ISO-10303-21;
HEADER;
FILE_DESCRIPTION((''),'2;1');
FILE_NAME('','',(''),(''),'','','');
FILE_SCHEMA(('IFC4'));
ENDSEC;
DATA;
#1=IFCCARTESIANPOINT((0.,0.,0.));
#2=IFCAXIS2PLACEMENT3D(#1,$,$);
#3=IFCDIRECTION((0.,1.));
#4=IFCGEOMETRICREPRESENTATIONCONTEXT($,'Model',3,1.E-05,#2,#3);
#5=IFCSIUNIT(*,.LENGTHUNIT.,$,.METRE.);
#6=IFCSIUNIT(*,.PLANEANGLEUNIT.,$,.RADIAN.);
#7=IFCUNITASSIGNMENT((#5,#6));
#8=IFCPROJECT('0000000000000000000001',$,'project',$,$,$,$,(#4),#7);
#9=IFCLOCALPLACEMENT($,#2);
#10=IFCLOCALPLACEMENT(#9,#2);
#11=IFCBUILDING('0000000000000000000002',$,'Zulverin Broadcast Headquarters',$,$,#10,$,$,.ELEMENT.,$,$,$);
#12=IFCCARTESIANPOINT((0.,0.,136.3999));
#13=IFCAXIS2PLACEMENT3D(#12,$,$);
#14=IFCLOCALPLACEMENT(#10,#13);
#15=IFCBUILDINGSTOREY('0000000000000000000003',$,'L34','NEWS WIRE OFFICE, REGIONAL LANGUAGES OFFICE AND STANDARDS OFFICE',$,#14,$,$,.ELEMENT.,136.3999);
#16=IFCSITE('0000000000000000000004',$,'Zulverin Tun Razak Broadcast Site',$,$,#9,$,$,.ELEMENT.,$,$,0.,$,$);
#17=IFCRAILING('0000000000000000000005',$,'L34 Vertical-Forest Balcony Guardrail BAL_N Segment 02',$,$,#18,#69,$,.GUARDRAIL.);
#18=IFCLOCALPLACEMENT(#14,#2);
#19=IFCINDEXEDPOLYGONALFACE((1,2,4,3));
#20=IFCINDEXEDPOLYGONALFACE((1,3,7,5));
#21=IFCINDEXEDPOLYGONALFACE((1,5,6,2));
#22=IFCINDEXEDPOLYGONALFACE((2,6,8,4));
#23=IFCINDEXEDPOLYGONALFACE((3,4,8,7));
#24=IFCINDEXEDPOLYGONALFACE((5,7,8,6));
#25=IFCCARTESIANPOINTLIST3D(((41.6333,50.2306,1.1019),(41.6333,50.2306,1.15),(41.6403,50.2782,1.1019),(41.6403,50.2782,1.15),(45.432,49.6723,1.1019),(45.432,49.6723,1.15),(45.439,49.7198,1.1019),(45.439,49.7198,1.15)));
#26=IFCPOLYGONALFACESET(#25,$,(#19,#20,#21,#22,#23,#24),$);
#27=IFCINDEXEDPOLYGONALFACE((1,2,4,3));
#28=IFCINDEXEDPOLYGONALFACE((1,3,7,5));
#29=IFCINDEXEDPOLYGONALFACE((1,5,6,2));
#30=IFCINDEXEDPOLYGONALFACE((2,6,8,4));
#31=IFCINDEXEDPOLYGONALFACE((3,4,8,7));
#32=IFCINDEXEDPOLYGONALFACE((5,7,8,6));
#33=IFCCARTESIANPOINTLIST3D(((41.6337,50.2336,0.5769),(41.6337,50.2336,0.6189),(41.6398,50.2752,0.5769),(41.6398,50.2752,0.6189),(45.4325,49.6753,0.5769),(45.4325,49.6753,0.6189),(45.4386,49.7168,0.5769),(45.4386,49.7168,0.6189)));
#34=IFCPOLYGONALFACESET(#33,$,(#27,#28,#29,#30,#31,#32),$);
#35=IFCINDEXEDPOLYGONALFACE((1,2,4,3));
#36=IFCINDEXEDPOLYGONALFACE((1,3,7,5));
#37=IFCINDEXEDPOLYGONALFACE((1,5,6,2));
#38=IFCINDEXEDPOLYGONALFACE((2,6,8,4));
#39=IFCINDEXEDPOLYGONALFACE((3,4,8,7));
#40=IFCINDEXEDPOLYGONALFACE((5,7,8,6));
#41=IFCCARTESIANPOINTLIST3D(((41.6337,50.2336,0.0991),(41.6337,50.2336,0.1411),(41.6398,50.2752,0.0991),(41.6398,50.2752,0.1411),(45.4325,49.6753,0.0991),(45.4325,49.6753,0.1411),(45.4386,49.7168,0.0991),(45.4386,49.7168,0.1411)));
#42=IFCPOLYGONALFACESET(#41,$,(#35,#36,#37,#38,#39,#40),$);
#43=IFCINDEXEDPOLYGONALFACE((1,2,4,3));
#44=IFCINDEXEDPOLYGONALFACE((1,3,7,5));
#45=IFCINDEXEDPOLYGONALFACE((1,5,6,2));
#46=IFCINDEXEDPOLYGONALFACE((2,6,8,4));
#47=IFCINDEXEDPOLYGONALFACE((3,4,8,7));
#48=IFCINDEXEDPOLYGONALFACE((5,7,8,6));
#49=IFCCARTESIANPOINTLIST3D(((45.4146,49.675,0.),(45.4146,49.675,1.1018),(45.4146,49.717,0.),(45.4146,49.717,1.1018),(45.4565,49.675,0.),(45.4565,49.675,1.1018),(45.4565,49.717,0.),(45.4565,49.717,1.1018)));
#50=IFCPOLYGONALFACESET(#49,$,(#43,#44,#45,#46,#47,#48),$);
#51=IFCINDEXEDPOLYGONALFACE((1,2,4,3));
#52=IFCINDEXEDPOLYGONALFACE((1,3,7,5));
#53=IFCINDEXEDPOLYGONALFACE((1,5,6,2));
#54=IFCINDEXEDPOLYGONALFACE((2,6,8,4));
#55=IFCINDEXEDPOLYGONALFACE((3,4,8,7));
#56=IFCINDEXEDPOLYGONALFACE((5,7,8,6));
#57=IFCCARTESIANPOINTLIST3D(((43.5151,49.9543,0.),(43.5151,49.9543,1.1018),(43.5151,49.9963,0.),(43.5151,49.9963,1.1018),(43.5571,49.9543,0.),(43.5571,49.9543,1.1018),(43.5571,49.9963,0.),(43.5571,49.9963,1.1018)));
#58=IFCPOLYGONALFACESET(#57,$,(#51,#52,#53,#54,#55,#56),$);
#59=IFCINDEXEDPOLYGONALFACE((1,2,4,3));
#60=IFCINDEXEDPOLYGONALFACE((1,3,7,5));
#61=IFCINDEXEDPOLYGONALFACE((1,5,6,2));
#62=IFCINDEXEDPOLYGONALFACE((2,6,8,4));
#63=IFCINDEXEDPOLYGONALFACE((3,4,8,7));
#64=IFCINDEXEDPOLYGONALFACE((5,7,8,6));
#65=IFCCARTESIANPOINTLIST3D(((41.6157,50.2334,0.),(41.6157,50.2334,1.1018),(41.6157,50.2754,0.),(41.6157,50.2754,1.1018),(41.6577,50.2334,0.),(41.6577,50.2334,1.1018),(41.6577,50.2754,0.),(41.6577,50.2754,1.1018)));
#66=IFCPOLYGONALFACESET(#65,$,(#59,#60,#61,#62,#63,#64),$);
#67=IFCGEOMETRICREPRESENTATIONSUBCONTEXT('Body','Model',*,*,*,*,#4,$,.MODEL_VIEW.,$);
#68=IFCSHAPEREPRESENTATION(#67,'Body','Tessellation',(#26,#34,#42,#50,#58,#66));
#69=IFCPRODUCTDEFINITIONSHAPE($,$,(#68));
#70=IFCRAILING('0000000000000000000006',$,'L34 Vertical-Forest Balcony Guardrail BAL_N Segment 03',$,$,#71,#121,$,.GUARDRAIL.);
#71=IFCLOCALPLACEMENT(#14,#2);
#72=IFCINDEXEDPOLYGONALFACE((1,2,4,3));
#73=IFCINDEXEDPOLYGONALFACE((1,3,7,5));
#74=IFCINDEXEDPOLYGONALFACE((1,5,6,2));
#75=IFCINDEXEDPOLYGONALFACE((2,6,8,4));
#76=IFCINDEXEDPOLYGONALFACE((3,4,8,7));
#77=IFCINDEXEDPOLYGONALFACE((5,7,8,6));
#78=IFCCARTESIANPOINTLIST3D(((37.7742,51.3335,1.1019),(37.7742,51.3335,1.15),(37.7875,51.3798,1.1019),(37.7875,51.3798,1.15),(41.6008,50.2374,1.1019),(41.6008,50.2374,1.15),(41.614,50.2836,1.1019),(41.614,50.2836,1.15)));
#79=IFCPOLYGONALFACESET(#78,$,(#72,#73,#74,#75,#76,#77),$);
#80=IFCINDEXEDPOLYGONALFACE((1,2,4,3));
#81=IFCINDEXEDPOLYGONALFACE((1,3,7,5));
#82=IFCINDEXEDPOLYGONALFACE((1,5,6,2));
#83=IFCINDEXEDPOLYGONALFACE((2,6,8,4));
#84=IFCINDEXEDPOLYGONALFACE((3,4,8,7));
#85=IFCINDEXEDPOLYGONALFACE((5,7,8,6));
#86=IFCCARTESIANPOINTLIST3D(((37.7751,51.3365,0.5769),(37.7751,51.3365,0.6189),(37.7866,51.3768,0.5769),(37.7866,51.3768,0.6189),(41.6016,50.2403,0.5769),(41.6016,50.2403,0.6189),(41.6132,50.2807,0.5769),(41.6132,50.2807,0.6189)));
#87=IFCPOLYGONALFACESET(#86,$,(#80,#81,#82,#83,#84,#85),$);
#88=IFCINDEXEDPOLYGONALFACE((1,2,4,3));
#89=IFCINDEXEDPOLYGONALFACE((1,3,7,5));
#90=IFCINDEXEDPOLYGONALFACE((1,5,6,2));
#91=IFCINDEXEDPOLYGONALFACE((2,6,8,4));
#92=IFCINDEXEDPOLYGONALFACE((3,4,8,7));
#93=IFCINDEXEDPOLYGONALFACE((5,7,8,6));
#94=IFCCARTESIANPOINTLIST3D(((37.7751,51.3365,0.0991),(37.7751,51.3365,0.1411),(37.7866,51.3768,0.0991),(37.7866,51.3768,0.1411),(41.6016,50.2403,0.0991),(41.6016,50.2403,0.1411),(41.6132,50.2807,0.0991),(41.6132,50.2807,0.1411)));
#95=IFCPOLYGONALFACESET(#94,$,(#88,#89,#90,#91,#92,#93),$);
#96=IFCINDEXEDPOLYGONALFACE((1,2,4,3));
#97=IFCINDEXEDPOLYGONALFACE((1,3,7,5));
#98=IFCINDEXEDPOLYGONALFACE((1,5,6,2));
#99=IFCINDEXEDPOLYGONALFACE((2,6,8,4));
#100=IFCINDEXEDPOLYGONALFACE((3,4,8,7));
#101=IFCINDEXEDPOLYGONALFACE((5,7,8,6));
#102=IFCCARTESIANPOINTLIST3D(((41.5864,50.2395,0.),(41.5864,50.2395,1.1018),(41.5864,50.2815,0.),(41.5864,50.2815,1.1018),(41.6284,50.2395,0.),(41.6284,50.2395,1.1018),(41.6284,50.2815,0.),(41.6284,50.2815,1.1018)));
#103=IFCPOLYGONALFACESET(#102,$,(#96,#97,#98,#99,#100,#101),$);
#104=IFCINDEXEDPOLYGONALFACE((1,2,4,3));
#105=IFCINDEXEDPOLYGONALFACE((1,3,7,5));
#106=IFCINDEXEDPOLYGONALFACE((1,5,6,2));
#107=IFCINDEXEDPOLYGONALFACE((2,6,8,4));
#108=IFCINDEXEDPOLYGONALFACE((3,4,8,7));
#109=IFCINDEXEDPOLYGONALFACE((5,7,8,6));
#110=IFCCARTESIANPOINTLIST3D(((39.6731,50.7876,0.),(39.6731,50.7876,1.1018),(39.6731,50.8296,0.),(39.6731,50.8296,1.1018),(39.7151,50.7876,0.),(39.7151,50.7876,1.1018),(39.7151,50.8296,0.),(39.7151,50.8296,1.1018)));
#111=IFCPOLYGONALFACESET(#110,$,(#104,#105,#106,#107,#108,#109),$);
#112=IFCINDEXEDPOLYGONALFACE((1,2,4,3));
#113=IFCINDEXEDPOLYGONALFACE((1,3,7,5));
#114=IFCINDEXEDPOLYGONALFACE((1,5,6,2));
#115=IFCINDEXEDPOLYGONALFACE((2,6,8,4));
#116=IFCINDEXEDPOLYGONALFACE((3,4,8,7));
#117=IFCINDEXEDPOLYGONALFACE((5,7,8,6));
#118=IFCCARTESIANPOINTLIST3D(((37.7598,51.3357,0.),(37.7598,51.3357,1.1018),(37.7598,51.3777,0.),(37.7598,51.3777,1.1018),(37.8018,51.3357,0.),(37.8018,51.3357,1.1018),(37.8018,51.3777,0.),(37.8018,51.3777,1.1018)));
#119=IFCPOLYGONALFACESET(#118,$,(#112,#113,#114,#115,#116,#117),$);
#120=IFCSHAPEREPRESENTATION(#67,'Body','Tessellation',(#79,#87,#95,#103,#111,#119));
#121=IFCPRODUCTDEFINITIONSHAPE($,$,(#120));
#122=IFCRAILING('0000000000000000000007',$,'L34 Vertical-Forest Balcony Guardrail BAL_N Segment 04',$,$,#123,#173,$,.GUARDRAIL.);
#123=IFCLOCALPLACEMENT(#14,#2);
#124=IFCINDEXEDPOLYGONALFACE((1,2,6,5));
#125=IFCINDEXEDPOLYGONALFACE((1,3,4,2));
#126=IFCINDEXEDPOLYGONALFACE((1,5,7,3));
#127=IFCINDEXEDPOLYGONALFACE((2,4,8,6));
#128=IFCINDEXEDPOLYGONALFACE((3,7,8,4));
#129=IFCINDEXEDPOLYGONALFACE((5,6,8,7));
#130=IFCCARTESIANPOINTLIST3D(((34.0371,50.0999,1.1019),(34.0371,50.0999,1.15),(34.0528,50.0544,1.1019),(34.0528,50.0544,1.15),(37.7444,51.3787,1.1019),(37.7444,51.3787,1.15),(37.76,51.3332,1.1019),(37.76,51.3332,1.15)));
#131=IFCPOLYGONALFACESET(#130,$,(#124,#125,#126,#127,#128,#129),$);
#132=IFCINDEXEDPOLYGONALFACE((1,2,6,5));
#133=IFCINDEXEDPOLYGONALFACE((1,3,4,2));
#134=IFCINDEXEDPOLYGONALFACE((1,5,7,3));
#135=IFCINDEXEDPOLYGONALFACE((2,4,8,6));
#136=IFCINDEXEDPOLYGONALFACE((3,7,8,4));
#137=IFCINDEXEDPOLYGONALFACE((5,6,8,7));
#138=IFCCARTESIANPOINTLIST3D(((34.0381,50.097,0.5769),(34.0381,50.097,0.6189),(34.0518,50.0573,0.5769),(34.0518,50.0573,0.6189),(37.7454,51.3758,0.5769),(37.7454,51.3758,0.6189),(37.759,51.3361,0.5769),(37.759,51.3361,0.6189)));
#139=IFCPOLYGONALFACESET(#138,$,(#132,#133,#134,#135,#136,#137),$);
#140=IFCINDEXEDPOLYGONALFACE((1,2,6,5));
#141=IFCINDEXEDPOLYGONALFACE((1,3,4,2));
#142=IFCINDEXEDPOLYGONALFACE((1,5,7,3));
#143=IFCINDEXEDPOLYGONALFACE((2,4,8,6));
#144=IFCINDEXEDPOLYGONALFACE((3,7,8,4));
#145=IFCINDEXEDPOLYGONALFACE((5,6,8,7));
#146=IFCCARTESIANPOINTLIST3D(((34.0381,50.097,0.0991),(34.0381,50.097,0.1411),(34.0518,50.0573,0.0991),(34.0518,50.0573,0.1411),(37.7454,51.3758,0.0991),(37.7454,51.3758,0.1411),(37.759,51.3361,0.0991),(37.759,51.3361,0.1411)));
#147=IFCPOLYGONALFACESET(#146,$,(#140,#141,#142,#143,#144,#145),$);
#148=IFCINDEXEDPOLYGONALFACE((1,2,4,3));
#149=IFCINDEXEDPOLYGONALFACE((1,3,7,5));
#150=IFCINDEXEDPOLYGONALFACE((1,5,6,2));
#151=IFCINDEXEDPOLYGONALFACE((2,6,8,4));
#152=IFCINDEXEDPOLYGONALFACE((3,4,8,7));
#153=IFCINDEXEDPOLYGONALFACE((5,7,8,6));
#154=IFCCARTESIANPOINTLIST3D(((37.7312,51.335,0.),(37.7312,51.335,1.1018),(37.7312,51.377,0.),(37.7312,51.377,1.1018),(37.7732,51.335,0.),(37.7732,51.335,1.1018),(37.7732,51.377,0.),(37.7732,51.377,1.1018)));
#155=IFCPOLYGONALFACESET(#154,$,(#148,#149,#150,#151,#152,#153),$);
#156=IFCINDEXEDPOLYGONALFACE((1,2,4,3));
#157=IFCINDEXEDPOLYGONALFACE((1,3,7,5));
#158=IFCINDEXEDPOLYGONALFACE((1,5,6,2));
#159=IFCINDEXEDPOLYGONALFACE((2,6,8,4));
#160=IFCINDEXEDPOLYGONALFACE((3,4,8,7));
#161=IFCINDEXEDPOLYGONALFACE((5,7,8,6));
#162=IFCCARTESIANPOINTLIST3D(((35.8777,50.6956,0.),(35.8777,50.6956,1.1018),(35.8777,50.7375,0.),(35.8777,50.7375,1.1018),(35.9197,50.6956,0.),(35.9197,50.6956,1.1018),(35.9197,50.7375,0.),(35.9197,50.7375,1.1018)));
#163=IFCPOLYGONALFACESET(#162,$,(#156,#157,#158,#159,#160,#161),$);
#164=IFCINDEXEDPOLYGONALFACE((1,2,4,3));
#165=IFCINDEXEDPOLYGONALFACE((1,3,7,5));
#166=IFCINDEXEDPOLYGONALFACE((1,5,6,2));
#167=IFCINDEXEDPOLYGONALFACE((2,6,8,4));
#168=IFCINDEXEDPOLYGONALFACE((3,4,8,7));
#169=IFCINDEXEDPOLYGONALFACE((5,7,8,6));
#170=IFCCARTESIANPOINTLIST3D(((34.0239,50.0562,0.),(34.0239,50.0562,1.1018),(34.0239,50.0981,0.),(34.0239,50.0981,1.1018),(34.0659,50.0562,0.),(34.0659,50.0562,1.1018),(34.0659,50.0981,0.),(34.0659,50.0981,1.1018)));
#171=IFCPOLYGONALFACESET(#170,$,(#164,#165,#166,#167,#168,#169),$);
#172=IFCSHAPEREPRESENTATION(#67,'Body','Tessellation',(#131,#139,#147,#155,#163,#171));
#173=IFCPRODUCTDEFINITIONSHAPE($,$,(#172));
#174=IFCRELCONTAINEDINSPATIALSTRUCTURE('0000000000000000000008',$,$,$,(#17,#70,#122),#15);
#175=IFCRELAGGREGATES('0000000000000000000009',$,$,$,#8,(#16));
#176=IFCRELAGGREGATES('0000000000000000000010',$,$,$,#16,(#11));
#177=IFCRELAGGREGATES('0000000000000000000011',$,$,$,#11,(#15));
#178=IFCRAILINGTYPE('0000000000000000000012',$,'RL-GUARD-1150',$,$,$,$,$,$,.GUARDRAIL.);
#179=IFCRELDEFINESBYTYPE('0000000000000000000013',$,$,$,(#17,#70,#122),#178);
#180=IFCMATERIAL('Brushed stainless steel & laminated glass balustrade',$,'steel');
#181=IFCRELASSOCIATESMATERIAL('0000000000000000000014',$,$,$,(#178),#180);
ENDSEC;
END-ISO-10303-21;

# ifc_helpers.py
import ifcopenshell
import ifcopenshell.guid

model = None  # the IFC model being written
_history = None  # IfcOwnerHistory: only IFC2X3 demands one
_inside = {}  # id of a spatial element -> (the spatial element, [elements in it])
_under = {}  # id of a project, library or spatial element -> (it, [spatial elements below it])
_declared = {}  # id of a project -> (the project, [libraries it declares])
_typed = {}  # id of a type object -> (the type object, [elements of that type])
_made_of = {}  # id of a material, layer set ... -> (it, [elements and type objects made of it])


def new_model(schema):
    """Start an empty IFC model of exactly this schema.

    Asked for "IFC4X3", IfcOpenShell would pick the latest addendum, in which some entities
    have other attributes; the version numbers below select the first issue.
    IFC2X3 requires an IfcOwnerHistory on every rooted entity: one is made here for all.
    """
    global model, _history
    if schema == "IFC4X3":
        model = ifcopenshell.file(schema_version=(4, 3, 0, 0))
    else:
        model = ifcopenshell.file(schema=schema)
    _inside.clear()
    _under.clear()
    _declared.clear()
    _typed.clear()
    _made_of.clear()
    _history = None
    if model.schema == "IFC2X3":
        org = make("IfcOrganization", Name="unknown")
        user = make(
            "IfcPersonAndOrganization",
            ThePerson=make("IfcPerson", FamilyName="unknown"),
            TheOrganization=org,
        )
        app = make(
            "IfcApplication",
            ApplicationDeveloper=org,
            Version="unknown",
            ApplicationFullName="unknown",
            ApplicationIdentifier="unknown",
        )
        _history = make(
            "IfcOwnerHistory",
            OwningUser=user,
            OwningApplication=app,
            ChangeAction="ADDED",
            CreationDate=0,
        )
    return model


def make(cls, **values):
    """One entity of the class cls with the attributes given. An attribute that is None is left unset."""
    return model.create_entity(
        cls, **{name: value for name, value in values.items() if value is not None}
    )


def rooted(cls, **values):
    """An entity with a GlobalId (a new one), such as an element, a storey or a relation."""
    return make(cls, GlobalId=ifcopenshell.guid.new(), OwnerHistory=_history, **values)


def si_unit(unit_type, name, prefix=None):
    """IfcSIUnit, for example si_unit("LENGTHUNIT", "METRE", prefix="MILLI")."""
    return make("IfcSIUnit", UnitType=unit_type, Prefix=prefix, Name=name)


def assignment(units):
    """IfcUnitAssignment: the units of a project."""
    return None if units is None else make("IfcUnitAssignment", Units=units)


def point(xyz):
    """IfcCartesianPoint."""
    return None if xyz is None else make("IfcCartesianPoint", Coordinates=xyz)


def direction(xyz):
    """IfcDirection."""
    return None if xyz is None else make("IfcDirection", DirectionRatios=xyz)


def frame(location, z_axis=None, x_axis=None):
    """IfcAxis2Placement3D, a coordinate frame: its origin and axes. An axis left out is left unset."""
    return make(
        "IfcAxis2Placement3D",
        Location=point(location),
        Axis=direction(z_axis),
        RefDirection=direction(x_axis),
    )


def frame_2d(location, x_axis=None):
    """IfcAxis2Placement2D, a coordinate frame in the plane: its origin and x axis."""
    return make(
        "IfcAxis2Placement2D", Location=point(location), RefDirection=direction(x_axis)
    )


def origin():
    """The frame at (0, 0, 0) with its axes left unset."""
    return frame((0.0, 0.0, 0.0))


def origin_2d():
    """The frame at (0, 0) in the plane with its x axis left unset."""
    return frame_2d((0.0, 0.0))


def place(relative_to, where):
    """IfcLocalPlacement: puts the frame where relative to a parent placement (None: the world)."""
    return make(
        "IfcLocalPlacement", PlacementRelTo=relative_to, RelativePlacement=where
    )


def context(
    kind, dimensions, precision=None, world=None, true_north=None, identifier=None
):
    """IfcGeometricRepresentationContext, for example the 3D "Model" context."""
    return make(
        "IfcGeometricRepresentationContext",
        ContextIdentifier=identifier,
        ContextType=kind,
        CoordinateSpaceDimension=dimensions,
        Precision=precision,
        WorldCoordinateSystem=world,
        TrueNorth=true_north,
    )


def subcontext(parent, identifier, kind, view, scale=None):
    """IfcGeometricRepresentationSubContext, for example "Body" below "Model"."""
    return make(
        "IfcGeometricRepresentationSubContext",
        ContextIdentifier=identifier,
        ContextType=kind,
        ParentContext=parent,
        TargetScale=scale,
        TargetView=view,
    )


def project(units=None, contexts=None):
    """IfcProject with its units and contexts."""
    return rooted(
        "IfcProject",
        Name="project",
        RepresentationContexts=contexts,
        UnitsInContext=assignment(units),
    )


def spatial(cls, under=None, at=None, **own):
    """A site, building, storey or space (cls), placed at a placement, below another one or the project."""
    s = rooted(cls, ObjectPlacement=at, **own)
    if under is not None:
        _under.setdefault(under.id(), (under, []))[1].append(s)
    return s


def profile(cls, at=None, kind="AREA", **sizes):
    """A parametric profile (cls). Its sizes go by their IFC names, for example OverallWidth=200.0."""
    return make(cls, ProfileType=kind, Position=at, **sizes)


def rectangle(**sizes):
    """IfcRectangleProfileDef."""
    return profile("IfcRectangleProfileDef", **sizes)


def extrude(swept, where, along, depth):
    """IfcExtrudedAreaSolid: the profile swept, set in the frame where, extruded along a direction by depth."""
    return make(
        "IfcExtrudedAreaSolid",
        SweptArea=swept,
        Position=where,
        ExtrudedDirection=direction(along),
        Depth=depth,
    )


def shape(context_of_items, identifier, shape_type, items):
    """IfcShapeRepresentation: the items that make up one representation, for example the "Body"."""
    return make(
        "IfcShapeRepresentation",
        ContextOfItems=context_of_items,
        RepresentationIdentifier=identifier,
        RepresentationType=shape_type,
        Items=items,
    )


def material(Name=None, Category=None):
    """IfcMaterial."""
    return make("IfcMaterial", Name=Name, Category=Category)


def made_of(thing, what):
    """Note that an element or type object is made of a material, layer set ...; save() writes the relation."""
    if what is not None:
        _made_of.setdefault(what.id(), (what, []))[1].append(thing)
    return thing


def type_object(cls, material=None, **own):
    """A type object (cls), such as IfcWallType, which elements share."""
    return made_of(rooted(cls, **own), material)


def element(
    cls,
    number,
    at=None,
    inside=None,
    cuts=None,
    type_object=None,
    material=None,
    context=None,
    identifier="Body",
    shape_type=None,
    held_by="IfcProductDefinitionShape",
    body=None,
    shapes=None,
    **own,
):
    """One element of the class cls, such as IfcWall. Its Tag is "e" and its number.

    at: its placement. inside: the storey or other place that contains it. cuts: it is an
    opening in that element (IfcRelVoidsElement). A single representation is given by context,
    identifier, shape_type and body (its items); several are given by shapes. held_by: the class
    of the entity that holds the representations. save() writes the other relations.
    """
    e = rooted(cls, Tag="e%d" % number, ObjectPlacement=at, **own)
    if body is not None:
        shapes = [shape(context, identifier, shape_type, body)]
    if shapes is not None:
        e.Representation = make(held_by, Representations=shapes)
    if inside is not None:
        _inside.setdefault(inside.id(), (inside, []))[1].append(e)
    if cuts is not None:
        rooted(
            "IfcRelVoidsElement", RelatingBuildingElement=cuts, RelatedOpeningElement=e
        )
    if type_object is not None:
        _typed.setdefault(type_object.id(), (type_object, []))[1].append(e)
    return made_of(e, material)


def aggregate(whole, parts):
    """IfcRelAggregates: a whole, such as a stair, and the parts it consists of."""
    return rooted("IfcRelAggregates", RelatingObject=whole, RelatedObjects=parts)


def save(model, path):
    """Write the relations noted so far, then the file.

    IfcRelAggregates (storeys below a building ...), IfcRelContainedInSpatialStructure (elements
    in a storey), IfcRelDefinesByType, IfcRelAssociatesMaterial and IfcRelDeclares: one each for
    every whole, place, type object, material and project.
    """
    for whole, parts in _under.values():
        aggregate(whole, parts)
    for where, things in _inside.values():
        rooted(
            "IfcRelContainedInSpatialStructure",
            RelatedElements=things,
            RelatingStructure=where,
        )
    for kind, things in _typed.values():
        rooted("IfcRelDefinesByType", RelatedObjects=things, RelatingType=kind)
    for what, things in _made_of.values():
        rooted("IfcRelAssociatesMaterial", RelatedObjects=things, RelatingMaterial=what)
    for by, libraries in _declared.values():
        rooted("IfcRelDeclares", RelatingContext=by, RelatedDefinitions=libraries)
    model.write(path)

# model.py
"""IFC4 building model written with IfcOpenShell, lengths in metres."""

from ifc_helpers import new_model, si_unit, direction, frame, origin, origin_2d, place, context, subcontext, project, spatial, rectangle, extrude, material, type_object, element, save


model = new_model("IFC4")

# Units and contexts
model_context = context("Model", 3, precision=1e-05, world=origin(), true_north=direction((0.0, 1.0)))
body_context = subcontext(model_context, "Body", "Model", "MODEL_VIEW")
ifc_project = project(units=[si_unit("LENGTHUNIT", "METRE"), si_unit("PLANEANGLEUNIT", "RADIAN")], contexts=[model_context])

# Site, building, storey
site_placement = place(None, origin())
site = spatial("IfcSite", under=ifc_project, at=site_placement, Name="Zulverin Tun Razak Broadcast Site", CompositionType="ELEMENT", RefElevation=0.0)
building_placement = place(site_placement, origin())
building = spatial("IfcBuilding", under=site, at=building_placement, Name="Zulverin Broadcast Headquarters", CompositionType="ELEMENT")
storey_placement = place(building_placement, frame((0.0, 0.0, 136.3999)))
storey = spatial("IfcBuildingStorey", under=building, at=storey_placement, Name="L34", Description="NEWS WIRE OFFICE, REGIONAL LANGUAGES OFFICE AND STANDARDS OFFICE", CompositionType="ELEMENT", Elevation=136.3999)

# Railings
ifc_material_1 = material(Name="Brushed stainless steel & laminated glass balustrade", Category="steel")
railing_type_1 = type_object("IfcRailingType", Name="RL-GUARD-1150", PredefinedType="GUARDRAIL", material=ifc_material_1)
railing_1_placement = place(storey_placement, frame((45.4355, 49.696, 0.0)))
element("IfcRailing", 1, at=railing_1_placement, inside=storey, type_object=railing_type_1, Name="L34 Vertical-Forest Balcony Guardrail BAL_N Segment 02", PredefinedType="GUARDRAIL", context=body_context, shape_type="SweptSolid", body=[
    extrude(rectangle(XDim=0.0481, YDim=0.0481, at=origin_2d()), frame((0.0, 0.0, 1.126), z_axis=(-0.98937, 0.145417, 0.0), x_axis=(-0.145417, -0.98937, 0.0)), (0.0, 0.0, 1.0), 3.8396),
    extrude(rectangle(XDim=0.042, YDim=0.042, at=origin_2d()), frame((0.0, 0.0, 0.5979), z_axis=(-0.98937, 0.145417, 0.0), x_axis=(-0.145417, -0.98937, 0.0)), (0.0, 0.0, 1.0), 3.8396),
    extrude(rectangle(XDim=0.042, YDim=0.042, at=origin_2d()), frame((0.0, 0.0, 0.1201), z_axis=(-0.98937, 0.145417, 0.0), x_axis=(-0.145417, -0.98937, 0.0)), (0.0, 0.0, 1.0), 3.8396),
    extrude(rectangle(XDim=0.042, YDim=0.042, at=origin_2d()), origin(), (0.0, 0.0, 1.0), 1.1018),
    extrude(rectangle(XDim=0.042, YDim=0.042, at=origin_2d()), frame((-1.8994, 0.2793, 0.0)), (0.0, 0.0, 1.0), 1.1018),
    extrude(rectangle(XDim=0.042, YDim=0.042, at=origin_2d()), frame((-3.7988, 0.5583, 0.0)), (0.0, 0.0, 1.0), 1.1018),
])
railing_2_placement = place(storey_placement, frame((41.6074, 50.2605, 0.0)))
element("IfcRailing", 2, at=railing_2_placement, inside=storey, type_object=railing_type_1, Name="L34 Vertical-Forest Balcony Guardrail BAL_N Segment 03", PredefinedType="GUARDRAIL", context=body_context, shape_type="SweptSolid", body=[
    extrude(rectangle(XDim=0.0481, YDim=0.0481, at=origin_2d()), frame((0.0, 0.0, 1.126), z_axis=(-0.961334, 0.275385, 0.0), x_axis=(-0.275385, -0.961334, 0.0)), (0.0, 0.0, 1.0), 3.9805),
    extrude(rectangle(XDim=0.042, YDim=0.042, at=origin_2d()), frame((0.0, 0.0, 0.5979), z_axis=(-0.961334, 0.275385, 0.0), x_axis=(-0.275385, -0.961334, 0.0)), (0.0, 0.0, 1.0), 3.9805),
    extrude(rectangle(XDim=0.042, YDim=0.042, at=origin_2d()), frame((0.0, 0.0, 0.1201), z_axis=(-0.961334, 0.275385, 0.0), x_axis=(-0.275385, -0.961334, 0.0)), (0.0, 0.0, 1.0), 3.9805),
    extrude(rectangle(XDim=0.042, YDim=0.042, at=origin_2d()), origin(), (0.0, 0.0, 1.0), 1.1018),
    extrude(rectangle(XDim=0.042, YDim=0.042, at=origin_2d()), frame((-1.9133, 0.5481, 0.0)), (0.0, 0.0, 1.0), 1.1018),
    extrude(rectangle(XDim=0.042, YDim=0.042, at=origin_2d()), frame((-3.8267, 1.0962, 0.0)), (0.0, 0.0, 1.0), 1.1018),
])
railing_3_placement = place(storey_placement, frame((37.7522, 51.356, 0.0)))
element("IfcRailing", 3, at=railing_3_placement, inside=storey, type_object=railing_type_1, Name="L34 Vertical-Forest Balcony Guardrail BAL_N Segment 04", PredefinedType="GUARDRAIL", context=body_context, shape_type="SweptSolid", body=[
    extrude(rectangle(XDim=0.0481, YDim=0.0481, at=origin_2d()), frame((0.0, 0.0, 1.126), z_axis=(-0.945339, -0.32609, 0.0), x_axis=(0.32609, -0.945339, 0.0)), (0.0, 0.0, 1.0), 3.9216),
    extrude(rectangle(XDim=0.042, YDim=0.042, at=origin_2d()), frame((0.0, 0.0, 0.5979), z_axis=(-0.945339, -0.32609, 0.0), x_axis=(0.32609, -0.945339, 0.0)), (0.0, 0.0, 1.0), 3.9216),
    extrude(rectangle(XDim=0.042, YDim=0.042, at=origin_2d()), frame((0.0, 0.0, 0.1201), z_axis=(-0.945339, -0.32609, 0.0), x_axis=(0.32609, -0.945339, 0.0)), (0.0, 0.0, 1.0), 3.9216),
    extrude(rectangle(XDim=0.042, YDim=0.042, at=origin_2d()), origin(), (0.0, 0.0, 1.0), 1.1018),
    extrude(rectangle(XDim=0.042, YDim=0.042, at=origin_2d()), frame((-1.8535, -0.6394, 0.0)), (0.0, 0.0, 1.0), 1.1018),
    extrude(rectangle(XDim=0.042, YDim=0.042, at=origin_2d()), frame((-3.7073, -1.2788, 0.0)), (0.0, 0.0, 1.0), 1.1018),
])

save(model, "model.ifc")
